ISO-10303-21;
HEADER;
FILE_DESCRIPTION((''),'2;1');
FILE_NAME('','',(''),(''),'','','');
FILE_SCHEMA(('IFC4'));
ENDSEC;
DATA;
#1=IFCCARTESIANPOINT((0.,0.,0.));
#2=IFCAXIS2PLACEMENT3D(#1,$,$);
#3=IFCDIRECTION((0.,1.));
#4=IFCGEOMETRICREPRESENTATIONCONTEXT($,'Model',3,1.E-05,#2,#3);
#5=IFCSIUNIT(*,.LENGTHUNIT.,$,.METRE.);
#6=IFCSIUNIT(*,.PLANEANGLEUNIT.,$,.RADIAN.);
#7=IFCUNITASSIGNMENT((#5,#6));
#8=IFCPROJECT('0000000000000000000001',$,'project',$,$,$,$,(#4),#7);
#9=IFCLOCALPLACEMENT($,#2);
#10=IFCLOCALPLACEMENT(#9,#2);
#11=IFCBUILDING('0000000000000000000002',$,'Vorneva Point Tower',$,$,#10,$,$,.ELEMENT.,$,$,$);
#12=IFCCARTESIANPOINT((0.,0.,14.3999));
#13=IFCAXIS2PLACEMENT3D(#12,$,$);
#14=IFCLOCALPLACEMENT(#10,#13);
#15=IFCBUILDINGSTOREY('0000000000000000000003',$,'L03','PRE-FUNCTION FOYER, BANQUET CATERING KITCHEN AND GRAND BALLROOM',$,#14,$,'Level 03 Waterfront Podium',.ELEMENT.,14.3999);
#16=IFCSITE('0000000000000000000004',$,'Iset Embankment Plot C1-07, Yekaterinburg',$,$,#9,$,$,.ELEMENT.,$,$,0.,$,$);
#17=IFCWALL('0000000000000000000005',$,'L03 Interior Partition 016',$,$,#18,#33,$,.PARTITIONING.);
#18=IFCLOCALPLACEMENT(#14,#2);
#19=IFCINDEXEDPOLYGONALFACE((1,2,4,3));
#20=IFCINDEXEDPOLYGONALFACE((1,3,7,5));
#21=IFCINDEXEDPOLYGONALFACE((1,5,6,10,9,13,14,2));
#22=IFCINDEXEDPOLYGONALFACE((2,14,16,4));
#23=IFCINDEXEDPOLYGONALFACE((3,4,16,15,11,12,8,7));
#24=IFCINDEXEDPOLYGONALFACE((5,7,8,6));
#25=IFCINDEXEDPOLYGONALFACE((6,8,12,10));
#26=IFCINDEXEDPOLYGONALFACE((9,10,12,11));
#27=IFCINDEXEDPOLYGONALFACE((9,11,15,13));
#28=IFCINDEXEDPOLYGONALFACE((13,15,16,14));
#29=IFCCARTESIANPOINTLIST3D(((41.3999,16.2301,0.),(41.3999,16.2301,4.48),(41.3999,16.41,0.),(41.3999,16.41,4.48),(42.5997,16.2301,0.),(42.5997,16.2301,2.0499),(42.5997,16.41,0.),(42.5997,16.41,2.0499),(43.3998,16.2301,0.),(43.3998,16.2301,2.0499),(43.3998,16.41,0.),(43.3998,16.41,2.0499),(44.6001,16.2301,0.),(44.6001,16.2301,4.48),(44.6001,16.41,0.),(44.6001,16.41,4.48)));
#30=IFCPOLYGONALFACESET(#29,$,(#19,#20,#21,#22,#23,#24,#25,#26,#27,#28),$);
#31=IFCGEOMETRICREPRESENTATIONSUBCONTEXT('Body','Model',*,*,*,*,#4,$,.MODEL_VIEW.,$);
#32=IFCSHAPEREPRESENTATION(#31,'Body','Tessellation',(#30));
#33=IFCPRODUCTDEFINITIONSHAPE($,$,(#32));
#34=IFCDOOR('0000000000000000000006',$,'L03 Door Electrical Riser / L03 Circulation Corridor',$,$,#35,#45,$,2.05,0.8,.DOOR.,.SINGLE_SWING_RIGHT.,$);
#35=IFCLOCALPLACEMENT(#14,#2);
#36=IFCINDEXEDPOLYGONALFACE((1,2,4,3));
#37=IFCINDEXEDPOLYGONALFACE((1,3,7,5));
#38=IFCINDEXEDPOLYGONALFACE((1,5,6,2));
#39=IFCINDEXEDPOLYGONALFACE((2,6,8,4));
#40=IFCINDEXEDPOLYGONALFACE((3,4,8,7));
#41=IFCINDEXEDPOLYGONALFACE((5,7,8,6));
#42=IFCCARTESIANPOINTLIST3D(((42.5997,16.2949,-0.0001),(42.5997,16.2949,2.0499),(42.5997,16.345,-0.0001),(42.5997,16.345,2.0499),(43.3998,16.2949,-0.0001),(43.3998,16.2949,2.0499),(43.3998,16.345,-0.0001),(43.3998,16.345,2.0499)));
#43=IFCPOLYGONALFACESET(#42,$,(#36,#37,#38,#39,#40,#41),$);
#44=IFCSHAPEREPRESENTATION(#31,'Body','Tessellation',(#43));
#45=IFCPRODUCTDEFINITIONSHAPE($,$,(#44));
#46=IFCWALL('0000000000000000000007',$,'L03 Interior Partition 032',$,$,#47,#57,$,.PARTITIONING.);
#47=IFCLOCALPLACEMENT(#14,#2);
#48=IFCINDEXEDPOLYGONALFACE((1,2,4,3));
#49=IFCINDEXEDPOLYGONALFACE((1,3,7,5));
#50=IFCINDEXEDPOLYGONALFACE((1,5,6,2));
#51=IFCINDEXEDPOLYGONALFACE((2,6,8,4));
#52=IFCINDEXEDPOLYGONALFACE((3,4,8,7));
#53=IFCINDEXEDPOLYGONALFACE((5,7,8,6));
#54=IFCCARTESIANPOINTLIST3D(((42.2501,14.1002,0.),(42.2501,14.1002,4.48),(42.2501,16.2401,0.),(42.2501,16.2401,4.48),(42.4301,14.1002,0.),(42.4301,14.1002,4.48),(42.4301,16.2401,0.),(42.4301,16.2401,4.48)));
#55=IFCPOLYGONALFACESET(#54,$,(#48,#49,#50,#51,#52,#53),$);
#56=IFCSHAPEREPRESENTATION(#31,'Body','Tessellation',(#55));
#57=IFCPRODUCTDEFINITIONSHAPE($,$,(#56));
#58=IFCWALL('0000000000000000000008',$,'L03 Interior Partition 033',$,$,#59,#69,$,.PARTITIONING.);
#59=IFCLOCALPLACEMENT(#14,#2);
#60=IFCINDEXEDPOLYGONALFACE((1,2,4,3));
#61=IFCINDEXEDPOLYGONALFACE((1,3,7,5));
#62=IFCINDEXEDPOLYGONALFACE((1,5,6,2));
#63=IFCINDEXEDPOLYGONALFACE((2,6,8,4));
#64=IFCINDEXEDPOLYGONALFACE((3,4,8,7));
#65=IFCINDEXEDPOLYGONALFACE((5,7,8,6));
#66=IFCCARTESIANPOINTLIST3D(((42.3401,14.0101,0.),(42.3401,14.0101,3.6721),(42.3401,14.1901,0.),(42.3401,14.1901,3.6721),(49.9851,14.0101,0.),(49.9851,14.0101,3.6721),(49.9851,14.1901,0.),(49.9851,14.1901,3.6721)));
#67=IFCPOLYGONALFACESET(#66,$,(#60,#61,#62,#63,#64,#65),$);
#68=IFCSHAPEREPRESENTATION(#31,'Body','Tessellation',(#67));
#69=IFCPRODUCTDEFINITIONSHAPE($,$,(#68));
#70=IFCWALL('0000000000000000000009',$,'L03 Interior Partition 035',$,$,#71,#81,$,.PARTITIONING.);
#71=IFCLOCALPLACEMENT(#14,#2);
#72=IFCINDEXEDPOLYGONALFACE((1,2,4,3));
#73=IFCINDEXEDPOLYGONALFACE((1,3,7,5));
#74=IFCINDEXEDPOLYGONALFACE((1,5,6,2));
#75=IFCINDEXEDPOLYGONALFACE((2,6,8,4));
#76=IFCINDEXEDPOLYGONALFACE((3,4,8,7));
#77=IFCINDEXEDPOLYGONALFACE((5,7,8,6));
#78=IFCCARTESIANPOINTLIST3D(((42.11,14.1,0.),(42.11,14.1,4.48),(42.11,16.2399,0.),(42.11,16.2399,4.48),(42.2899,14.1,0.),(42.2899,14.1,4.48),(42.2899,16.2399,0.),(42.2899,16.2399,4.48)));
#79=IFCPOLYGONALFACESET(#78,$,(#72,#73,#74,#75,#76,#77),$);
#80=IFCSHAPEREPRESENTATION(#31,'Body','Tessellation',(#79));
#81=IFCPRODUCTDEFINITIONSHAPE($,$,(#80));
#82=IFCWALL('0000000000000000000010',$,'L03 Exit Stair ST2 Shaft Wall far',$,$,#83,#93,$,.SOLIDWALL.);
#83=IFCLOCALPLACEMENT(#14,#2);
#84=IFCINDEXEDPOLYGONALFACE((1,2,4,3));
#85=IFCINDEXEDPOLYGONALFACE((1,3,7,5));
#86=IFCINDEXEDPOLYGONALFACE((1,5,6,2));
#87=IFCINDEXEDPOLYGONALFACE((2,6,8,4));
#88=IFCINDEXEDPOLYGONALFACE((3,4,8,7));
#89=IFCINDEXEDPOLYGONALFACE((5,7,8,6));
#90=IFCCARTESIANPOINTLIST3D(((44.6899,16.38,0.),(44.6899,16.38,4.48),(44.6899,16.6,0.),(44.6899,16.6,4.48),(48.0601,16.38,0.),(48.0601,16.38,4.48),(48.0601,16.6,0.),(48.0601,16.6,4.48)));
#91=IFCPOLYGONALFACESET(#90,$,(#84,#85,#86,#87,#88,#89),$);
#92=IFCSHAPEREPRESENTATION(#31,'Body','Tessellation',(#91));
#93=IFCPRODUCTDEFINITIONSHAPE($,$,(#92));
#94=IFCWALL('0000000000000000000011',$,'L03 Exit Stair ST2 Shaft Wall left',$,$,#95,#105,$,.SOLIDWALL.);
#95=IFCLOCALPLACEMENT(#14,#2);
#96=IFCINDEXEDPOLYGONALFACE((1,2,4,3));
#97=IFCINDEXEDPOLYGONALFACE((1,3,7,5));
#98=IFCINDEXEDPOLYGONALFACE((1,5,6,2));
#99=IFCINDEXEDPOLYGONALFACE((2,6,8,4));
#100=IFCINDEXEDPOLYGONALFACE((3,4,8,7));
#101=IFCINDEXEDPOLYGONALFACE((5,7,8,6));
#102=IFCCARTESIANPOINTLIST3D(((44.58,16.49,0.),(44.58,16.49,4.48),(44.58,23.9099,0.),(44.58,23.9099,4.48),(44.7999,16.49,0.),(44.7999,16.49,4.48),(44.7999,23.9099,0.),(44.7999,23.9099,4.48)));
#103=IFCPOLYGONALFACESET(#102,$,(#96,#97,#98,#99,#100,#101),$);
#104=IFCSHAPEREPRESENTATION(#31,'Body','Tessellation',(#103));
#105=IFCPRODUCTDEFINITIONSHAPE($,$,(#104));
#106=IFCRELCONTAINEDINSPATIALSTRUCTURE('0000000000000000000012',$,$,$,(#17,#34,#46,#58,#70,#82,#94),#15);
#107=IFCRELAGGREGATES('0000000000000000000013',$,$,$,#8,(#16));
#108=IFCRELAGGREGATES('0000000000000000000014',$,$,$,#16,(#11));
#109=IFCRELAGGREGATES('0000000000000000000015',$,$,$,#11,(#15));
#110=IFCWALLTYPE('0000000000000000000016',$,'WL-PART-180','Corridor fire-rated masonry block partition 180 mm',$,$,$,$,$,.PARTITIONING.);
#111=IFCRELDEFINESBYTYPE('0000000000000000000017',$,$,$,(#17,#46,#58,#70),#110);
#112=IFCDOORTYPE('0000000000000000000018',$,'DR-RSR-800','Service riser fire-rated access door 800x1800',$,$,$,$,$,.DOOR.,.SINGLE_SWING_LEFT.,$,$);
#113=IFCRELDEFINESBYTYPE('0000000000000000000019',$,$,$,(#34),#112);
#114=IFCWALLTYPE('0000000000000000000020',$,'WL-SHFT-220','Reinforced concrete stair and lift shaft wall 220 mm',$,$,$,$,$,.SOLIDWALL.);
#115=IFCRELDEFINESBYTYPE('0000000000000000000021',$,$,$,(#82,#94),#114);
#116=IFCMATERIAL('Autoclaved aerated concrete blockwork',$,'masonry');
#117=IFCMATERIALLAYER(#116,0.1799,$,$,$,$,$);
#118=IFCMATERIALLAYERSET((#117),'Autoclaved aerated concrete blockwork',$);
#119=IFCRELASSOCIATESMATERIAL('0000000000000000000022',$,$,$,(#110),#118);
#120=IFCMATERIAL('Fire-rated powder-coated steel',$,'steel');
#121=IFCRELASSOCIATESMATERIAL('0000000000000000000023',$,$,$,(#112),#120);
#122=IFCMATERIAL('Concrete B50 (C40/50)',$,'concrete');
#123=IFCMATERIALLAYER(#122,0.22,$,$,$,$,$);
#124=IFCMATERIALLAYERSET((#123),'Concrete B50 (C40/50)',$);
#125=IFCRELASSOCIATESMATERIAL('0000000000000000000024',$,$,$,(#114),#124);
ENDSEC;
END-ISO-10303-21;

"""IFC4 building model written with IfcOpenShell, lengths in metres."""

from ifc_helpers import new_model, si_unit, direction, frame, frame_2d, origin, place, context, subcontext, project, spatial, rectangle, extrude, material, layer, layer_set, type_object, element, fill, save


model = new_model("IFC4")

# Units and contexts
model_context = context("Model", 3, precision=1e-05, world=origin(), true_north=direction((0.0, 1.0)))
body_context = subcontext(model_context, "Body", "Model", "MODEL_VIEW")
ifc_project = project(units=[si_unit("LENGTHUNIT", "METRE"), si_unit("PLANEANGLEUNIT", "RADIAN")], contexts=[model_context])

# Site, building, storey
site_placement = place(None, origin())
site = spatial("IfcSite", under=ifc_project, at=site_placement, Name="Iset Embankment Plot C1-07, Yekaterinburg", CompositionType="ELEMENT", RefElevation=0.0)
building_placement = place(site_placement, origin())
building = spatial("IfcBuilding", under=site, at=building_placement, Name="Vorneva Point Tower", CompositionType="ELEMENT")
storey_placement = place(building_placement, frame((0.0, 0.0, 14.3999)))
storey = spatial("IfcBuildingStorey", under=building, at=storey_placement, Name="L03", Description="PRE-FUNCTION FOYER, BANQUET CATERING KITCHEN AND GRAND BALLROOM", LongName="Level 03 Waterfront Podium", CompositionType="ELEMENT", Elevation=14.3999)

# Wall, opening, door
ifc_material_1 = material(Name="Autoclaved aerated concrete blockwork", Category="masonry")
ifc_layer_1 = layer(ifc_material_1, 0.1799)
ifc_layer_set_1 = layer_set([ifc_layer_1], Name="Autoclaved aerated concrete blockwork")
wall_type_1 = type_object("IfcWallType", Name="WL-PART-180", Description="Corridor fire-rated masonry block partition 180 mm", PredefinedType="PARTITIONING", material=ifc_layer_set_1)
ifc_material_2 = material(Name="Fire-rated powder-coated steel", Category="steel")
door_type_1 = type_object("IfcDoorType", Name="DR-RSR-800", Description="Service riser fire-rated access door 800x1800", OperationType="SINGLE_SWING_LEFT", PredefinedType="DOOR", material=ifc_material_2)
wall_1_placement = place(storey_placement, frame((41.3999, 16.3201, 0.0), z_axis=(0.0, 0.0, 1.0), x_axis=(1.0, 0.0, 0.0)))
wall_1 = element("IfcWall", 1, at=wall_1_placement, inside=storey, type_object=wall_type_1, Name="L03 Interior Partition 016", PredefinedType="PARTITIONING", context=body_context, shape_type="SweptSolid", body=[
    extrude(rectangle(XDim=3.2002, YDim=0.1799, at=frame_2d((1.6001, 0.0))), origin(), (0.0, 0.0, 1.0), 4.48),
])
opening_1_placement = place(wall_1_placement, frame((1.2, 0.0, 0.0)))
opening_1 = element("IfcOpeningElement", 2, at=opening_1_placement, cuts=wall_1, PredefinedType="OPENING", context=body_context, shape_type="SweptSolid", body=[
    extrude(rectangle(XDim=0.8, YDim=2.05, at=frame_2d((0.3999, 1.0249))), frame((0.0, 0.105, 0.0), z_axis=(0.0, -1.0, 0.0), x_axis=(1.0, 0.0, 0.0)), (0.0, 0.0, 1.0), 0.2097),
])
door_1_placement = place(opening_1_placement, origin())
door_1 = element("IfcDoor", 3, at=door_1_placement, inside=storey, type_object=door_type_1, Name="L03 Door Electrical Riser / L03 Circulation Corridor", OperationType="SINGLE_SWING_RIGHT", OverallHeight=2.05, OverallWidth=0.8, PredefinedType="DOOR", context=body_context, shape_type="SweptSolid", body=[
    extrude(rectangle(XDim=0.8, YDim=2.05, at=frame_2d((0.3999, 1.0249))), frame((0.0, 0.0249, 0.0), z_axis=(0.0, -1.0, 0.0), x_axis=(1.0, 0.0, 0.0)), (0.0, 0.0, 1.0), 0.05),
])
fill(opening_1, door_1)

# Walls
wall_2_placement = place(storey_placement, frame((42.3401, 16.24, 0.0), z_axis=(0.0, 0.0, 1.0), x_axis=(0.0, -1.0, 0.0)))
element("IfcWall", 4, at=wall_2_placement, inside=storey, type_object=wall_type_1, Name="L03 Interior Partition 032", PredefinedType="PARTITIONING", context=body_context, shape_type="SweptSolid", body=[
    extrude(rectangle(XDim=2.1399, YDim=0.1799, at=frame_2d((1.0698, 0.0))), origin(), (0.0, 0.0, 1.0), 4.48),
])
wall_3_placement = place(storey_placement, frame((42.3401, 14.1001, 0.0), z_axis=(0.0, 0.0, 1.0), x_axis=(1.0, 0.0, 0.0)))
element("IfcWall", 5, at=wall_3_placement, inside=storey, type_object=wall_type_1, Name="L03 Interior Partition 033", PredefinedType="PARTITIONING", context=body_context, shape_type="SweptSolid", body=[
    extrude(rectangle(XDim=7.645, YDim=0.1799, at=frame_2d((3.8225, 0.0))), origin(), (0.0, 0.0, 1.0), 3.6721),
])
wall_4_placement = place(storey_placement, frame((42.2, 14.1001, 0.0), z_axis=(0.0, 0.0, 1.0), x_axis=(0.0, 1.0, 0.0)))
element("IfcWall", 6, at=wall_4_placement, inside=storey, type_object=wall_type_1, Name="L03 Interior Partition 035", PredefinedType="PARTITIONING", context=body_context, shape_type="SweptSolid", body=[
    extrude(rectangle(XDim=2.1399, YDim=0.1799, at=frame_2d((1.0698, 0.0))), origin(), (0.0, 0.0, 1.0), 4.48),
])
ifc_material_3 = material(Name="Concrete B50 (C40/50)", Category="concrete")
ifc_layer_2 = layer(ifc_material_3, 0.22)
ifc_layer_set_2 = layer_set([ifc_layer_2], Name="Concrete B50 (C40/50)")
wall_type_2 = type_object("IfcWallType", Name="WL-SHFT-220", Description="Reinforced concrete stair and lift shaft wall 220 mm", PredefinedType="SOLIDWALL", material=ifc_layer_set_2)
wall_5_placement = place(storey_placement, frame((48.0601, 16.49, 0.0), z_axis=(0.0, 0.0, 1.0), x_axis=(-1.0, 0.0, 0.0)))
element("IfcWall", 7, at=wall_5_placement, inside=storey, type_object=wall_type_2, Name="L03 Exit Stair ST2 Shaft Wall far", PredefinedType="SOLIDWALL", context=body_context, shape_type="SweptSolid", body=[
    extrude(rectangle(XDim=3.3701, YDim=0.22, at=frame_2d((1.6851, 0.0))), origin(), (0.0, 0.0, 1.0), 4.48),
])
wall_6_placement = place(storey_placement, frame((44.6899, 16.49, 0.0), z_axis=(0.0, 0.0, 1.0), x_axis=(0.0, 1.0, 0.0)))
element("IfcWall", 8, at=wall_6_placement, inside=storey, type_object=wall_type_2, Name="L03 Exit Stair ST2 Shaft Wall left", PredefinedType="SOLIDWALL", context=body_context, shape_type="SweptSolid", body=[
    extrude(rectangle(XDim=7.4199, YDim=0.22, at=frame_2d((3.71, 0.0))), origin(), (0.0, 0.0, 1.0), 4.48),
])

save(model, "model.ifc")
